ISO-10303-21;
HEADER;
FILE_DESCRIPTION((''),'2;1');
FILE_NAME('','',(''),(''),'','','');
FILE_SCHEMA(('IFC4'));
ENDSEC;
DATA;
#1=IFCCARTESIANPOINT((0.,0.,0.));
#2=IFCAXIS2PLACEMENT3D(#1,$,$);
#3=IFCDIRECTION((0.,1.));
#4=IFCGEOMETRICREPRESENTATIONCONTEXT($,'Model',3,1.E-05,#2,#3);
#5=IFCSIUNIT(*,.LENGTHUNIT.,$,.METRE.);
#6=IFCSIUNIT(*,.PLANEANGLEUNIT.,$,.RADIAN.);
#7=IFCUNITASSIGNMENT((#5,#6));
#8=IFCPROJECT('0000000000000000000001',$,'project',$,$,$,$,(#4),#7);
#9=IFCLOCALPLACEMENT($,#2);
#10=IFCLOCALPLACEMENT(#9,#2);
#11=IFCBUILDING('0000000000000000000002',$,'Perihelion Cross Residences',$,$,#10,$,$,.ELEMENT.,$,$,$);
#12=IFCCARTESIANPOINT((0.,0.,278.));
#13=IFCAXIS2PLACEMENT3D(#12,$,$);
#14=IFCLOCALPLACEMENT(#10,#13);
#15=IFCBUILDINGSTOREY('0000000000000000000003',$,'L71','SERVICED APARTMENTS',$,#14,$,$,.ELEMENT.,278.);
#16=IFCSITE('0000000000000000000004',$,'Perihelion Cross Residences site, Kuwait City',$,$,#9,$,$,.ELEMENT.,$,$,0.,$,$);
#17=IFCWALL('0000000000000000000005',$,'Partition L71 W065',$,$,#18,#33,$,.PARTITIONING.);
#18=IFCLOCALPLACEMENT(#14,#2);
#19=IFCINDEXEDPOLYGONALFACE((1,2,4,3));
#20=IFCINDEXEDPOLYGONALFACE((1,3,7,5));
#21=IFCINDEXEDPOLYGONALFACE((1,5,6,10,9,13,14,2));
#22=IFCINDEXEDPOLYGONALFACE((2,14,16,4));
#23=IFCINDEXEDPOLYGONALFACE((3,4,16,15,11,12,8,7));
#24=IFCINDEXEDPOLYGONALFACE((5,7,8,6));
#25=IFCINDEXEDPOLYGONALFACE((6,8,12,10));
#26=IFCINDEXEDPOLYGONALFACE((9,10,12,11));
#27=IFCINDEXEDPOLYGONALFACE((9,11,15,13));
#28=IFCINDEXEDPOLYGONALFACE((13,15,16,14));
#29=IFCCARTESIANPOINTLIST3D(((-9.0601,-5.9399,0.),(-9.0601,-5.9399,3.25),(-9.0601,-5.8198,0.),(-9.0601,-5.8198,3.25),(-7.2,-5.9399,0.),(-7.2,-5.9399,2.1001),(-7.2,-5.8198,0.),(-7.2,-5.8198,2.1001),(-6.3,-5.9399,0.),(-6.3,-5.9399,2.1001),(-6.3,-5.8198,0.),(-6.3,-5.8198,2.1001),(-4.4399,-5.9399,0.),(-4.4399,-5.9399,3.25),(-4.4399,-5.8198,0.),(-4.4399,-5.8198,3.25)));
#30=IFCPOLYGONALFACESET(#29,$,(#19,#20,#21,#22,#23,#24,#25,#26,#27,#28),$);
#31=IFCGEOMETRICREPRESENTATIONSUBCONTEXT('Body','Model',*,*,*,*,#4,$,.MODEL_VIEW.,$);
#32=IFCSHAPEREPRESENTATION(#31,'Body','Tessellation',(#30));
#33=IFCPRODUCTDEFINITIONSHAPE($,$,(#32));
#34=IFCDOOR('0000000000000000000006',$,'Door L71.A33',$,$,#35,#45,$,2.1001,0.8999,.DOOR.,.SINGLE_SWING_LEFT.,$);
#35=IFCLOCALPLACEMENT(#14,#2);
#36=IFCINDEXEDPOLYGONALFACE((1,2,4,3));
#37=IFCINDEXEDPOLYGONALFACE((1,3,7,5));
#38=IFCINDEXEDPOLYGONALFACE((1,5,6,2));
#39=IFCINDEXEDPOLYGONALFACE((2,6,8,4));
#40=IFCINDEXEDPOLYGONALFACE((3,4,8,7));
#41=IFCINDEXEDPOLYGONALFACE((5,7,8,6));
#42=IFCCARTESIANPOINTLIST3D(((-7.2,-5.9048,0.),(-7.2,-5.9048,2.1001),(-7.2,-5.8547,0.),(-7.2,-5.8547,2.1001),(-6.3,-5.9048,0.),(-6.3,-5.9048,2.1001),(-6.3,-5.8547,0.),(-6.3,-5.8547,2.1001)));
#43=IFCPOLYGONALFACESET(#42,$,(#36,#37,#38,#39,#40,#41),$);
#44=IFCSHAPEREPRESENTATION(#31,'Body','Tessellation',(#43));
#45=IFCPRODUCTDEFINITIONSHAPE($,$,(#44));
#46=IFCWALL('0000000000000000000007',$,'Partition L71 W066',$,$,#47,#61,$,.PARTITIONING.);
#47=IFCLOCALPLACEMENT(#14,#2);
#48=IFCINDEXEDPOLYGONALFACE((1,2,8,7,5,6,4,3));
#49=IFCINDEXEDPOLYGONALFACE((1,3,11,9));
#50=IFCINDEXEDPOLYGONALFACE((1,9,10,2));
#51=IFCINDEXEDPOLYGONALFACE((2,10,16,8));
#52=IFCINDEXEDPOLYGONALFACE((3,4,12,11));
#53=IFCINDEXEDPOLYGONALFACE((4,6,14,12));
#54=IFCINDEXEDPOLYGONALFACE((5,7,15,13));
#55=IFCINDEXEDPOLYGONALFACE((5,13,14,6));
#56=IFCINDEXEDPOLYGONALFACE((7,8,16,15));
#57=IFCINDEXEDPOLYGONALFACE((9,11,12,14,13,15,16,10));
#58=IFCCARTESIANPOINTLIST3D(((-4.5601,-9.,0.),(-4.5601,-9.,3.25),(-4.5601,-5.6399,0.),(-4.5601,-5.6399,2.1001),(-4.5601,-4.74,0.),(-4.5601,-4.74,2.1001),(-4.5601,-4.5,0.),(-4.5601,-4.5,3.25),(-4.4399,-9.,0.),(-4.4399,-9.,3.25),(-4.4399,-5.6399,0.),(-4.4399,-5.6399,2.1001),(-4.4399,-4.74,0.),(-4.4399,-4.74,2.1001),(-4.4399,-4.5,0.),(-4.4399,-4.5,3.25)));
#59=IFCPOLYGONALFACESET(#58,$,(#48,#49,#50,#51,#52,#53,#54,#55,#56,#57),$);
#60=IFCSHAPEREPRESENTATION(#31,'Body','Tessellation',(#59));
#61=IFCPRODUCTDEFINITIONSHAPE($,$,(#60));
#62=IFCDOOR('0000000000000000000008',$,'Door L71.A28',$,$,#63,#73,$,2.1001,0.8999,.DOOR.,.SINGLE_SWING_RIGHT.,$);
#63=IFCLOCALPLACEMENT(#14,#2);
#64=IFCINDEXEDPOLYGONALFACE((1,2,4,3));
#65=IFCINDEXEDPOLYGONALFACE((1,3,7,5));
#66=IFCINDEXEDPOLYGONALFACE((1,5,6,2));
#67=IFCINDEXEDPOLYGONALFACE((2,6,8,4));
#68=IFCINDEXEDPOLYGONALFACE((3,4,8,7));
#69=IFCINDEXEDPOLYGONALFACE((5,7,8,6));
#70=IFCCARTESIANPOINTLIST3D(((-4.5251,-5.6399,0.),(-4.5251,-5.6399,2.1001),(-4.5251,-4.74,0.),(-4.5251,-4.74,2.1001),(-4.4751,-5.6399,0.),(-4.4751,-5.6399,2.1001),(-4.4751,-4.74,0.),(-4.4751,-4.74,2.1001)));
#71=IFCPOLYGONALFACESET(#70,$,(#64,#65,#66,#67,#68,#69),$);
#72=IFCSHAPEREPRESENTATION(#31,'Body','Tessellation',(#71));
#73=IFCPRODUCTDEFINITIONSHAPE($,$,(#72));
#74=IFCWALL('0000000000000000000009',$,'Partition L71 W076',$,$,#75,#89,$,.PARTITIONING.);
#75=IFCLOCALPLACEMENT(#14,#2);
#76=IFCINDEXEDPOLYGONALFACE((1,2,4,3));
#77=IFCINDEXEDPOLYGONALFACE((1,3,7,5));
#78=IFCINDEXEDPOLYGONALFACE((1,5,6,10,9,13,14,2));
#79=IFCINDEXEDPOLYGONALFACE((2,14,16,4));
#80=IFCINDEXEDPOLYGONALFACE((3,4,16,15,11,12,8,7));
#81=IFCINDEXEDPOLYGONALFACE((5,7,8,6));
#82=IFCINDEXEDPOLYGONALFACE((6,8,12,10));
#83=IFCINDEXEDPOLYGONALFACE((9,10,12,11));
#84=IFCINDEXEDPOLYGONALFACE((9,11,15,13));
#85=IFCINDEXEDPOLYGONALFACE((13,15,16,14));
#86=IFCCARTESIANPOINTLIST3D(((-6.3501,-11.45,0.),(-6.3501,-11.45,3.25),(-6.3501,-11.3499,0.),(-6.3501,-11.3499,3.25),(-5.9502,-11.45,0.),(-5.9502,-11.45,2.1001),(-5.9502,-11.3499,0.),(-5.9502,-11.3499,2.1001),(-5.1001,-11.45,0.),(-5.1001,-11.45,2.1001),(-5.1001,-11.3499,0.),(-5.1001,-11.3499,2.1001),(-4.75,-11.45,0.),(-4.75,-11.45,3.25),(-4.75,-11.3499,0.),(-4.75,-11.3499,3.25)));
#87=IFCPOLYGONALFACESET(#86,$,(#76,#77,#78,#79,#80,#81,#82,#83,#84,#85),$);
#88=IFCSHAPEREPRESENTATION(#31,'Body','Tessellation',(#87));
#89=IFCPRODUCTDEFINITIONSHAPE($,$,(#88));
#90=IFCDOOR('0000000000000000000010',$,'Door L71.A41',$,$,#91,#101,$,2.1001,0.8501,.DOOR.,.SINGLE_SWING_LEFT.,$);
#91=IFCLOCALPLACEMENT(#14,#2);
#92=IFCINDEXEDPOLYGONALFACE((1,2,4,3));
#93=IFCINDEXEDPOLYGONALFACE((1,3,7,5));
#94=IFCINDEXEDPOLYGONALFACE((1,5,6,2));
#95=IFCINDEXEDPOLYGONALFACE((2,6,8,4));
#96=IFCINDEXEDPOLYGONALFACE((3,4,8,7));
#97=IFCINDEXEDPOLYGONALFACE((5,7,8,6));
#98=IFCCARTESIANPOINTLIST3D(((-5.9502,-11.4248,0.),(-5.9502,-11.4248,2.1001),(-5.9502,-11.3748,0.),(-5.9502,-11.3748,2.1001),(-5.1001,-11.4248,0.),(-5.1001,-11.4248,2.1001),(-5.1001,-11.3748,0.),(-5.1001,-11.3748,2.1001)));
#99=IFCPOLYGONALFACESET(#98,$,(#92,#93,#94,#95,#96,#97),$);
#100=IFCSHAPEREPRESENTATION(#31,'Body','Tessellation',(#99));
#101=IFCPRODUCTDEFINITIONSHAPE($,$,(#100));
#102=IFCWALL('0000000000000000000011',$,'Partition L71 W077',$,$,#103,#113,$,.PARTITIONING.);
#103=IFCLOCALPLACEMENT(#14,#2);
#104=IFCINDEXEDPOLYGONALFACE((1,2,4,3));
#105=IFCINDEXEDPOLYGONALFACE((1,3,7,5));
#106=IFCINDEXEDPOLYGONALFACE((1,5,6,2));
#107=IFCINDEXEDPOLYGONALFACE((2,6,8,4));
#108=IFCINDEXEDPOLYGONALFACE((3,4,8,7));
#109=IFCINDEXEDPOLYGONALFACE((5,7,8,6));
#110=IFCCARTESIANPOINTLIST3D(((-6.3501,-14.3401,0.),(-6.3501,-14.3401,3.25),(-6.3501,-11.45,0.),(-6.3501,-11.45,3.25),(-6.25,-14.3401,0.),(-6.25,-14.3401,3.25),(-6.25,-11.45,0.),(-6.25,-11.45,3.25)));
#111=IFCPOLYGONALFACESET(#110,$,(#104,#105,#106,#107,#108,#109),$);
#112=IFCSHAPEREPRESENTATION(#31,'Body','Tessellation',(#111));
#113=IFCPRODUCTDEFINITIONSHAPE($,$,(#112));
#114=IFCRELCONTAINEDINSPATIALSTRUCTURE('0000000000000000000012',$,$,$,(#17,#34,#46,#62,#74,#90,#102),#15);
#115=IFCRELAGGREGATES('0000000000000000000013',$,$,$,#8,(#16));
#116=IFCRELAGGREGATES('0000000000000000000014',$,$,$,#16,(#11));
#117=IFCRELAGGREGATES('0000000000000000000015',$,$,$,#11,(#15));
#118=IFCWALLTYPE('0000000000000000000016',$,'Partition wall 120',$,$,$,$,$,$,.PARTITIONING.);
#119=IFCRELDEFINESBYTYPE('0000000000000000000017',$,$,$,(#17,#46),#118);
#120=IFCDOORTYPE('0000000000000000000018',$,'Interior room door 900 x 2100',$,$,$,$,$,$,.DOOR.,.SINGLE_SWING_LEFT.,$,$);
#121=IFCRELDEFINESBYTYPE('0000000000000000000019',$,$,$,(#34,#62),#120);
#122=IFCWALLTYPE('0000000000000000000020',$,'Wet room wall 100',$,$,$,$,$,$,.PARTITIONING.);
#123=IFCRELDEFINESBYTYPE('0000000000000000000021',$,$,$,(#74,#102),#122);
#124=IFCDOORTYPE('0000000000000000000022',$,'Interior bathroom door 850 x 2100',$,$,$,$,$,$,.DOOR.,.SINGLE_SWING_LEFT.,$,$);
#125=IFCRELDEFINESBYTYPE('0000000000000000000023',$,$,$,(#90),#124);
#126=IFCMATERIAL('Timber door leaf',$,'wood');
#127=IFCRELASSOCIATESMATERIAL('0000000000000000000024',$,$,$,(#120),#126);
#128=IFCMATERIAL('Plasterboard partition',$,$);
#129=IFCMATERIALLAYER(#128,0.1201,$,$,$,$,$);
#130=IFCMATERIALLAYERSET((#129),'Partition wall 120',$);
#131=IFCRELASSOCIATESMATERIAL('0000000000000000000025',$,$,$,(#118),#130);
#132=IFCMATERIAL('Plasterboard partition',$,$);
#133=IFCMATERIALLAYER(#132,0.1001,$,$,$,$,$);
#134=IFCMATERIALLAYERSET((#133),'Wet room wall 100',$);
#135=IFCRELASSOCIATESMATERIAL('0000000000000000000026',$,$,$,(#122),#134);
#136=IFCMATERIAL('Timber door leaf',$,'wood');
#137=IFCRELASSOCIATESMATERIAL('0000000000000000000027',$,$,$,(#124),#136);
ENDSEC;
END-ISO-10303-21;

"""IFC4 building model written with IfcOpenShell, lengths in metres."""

from ifc_helpers import new_model, si_unit, direction, frame, frame_2d, origin, place, context, subcontext, project, spatial, rectangle, extrude, material, layer, layer_set, type_object, element, fill, save


model = new_model("IFC4")

# Units and contexts
model_context = context("Model", 3, precision=1e-05, world=origin(), true_north=direction((0.0, 1.0)))
body_context = subcontext(model_context, "Body", "Model", "MODEL_VIEW")
ifc_project = project(units=[si_unit("LENGTHUNIT", "METRE"), si_unit("PLANEANGLEUNIT", "RADIAN")], contexts=[model_context])

# Site, building, storey
site_placement = place(None, origin())
site = spatial("IfcSite", under=ifc_project, at=site_placement, Name="Perihelion Cross Residences site, Kuwait City", CompositionType="ELEMENT", RefElevation=0.0)
building_placement = place(site_placement, origin())
building = spatial("IfcBuilding", under=site, at=building_placement, Name="Perihelion Cross Residences", CompositionType="ELEMENT")
storey_placement = place(building_placement, frame((0.0, 0.0, 278.0)))
storey = spatial("IfcBuildingStorey", under=building, at=storey_placement, Name="L71", Description="SERVICED APARTMENTS", CompositionType="ELEMENT", Elevation=278.0)

# Shared definitions
ifc_material_1 = material(Name="Timber door leaf", Category="wood")
door_type_1 = type_object("IfcDoorType", Name="Interior room door 900 x 2100", OperationType="SINGLE_SWING_LEFT", PredefinedType="DOOR", material=ifc_material_1)

# Shared definitions
ifc_material_2 = material(Name="Plasterboard partition")
ifc_layer_1 = layer(ifc_material_2, 0.1201)
ifc_layer_set_1 = layer_set([ifc_layer_1], Name="Partition wall 120")
wall_type_1 = type_object("IfcWallType", Name="Partition wall 120", PredefinedType="PARTITIONING", material=ifc_layer_set_1)

# Walls, openings, doors
wall_1_placement = place(storey_placement, frame((-4.4399, -5.8799, 0.0), z_axis=(0.0, 0.0, 1.0), x_axis=(-1.0, 0.0, 0.0)))
wall_1 = element("IfcWall", 1, at=wall_1_placement, inside=storey, type_object=wall_type_1, Name="Partition L71 W065", PredefinedType="PARTITIONING", context=body_context, shape_type="SweptSolid", body=[
    extrude(rectangle(XDim=4.6201, YDim=0.1201, at=frame_2d((2.3101, 0.0))), origin(), (0.0, 0.0, 1.0), 3.25),
])
opening_1_placement = place(wall_1_placement, frame((1.8601, 0.0, 0.0)))
opening_1 = element("IfcOpeningElement", 2, at=opening_1_placement, cuts=wall_1, PredefinedType="OPENING", context=body_context, shape_type="SweptSolid", body=[
    extrude(rectangle(XDim=0.8999, YDim=2.1001, at=frame_2d((0.45, 1.05))), frame((0.0, 0.0701, 0.0), z_axis=(0.0, -1.0, 0.0), x_axis=(1.0, 0.0, 0.0)), (0.0, 0.0, 1.0), 0.1401),
])
door_1_placement = place(opening_1_placement, origin())
door_1 = element("IfcDoor", 3, at=door_1_placement, inside=storey, type_object=door_type_1, Name="Door L71.A33", OperationType="SINGLE_SWING_LEFT", OverallHeight=2.1001, OverallWidth=0.8999, PredefinedType="DOOR", context=body_context, shape_type="SweptSolid", body=[
    extrude(rectangle(XDim=0.8999, YDim=2.1001, at=frame_2d((0.45, 1.05))), frame((0.0, 0.0249, 0.0), z_axis=(0.0, -1.0, 0.0), x_axis=(1.0, 0.0, 0.0)), (0.0, 0.0, 1.0), 0.05),
])
fill(opening_1, door_1)
wall_2_placement = place(storey_placement, frame((-4.5, -4.5, 0.0), z_axis=(0.0, 0.0, 1.0), x_axis=(0.0, -1.0, 0.0)))
wall_2 = element("IfcWall", 4, at=wall_2_placement, inside=storey, type_object=wall_type_1, Name="Partition L71 W066", PredefinedType="PARTITIONING", context=body_context, shape_type="SweptSolid", body=[
    extrude(rectangle(XDim=4.5, YDim=0.1201, at=frame_2d((2.25, 0.0))), origin(), (0.0, 0.0, 1.0), 3.25),
])
opening_2_placement = place(wall_2_placement, frame((0.24, 0.0, 0.0)))
opening_2 = element("IfcOpeningElement", 5, at=opening_2_placement, cuts=wall_2, PredefinedType="OPENING", context=body_context, shape_type="SweptSolid", body=[
    extrude(rectangle(XDim=0.8999, YDim=2.1001, at=frame_2d((0.45, 1.05))), frame((0.0, 0.0701, 0.0), z_axis=(0.0, -1.0, 0.0), x_axis=(1.0, 0.0, 0.0)), (0.0, 0.0, 1.0), 0.1401),
])
door_2_placement = place(opening_2_placement, origin())
door_2 = element("IfcDoor", 6, at=door_2_placement, inside=storey, type_object=door_type_1, Name="Door L71.A28", OperationType="SINGLE_SWING_RIGHT", OverallHeight=2.1001, OverallWidth=0.8999, PredefinedType="DOOR", context=body_context, shape_type="SweptSolid", body=[
    extrude(rectangle(XDim=0.8999, YDim=2.1001, at=frame_2d((0.45, 1.05))), frame((0.0, 0.0249, 0.0), z_axis=(0.0, -1.0, 0.0), x_axis=(1.0, 0.0, 0.0)), (0.0, 0.0, 1.0), 0.05),
])
fill(opening_2, door_2)
ifc_material_3 = material(Name="Plasterboard partition")
ifc_layer_2 = layer(ifc_material_3, 0.1001)
ifc_layer_set_2 = layer_set([ifc_layer_2], Name="Wet room wall 100")
wall_type_2 = type_object("IfcWallType", Name="Wet room wall 100", PredefinedType="PARTITIONING", material=ifc_layer_set_2)
wall_3_placement = place(storey_placement, frame((-4.75, -11.3999, 0.0), z_axis=(0.0, 0.0, 1.0), x_axis=(-1.0, 0.0, 0.0)))
wall_3 = element("IfcWall", 7, at=wall_3_placement, inside=storey, type_object=wall_type_2, Name="Partition L71 W076", PredefinedType="PARTITIONING", context=body_context, shape_type="SweptSolid", body=[
    extrude(rectangle(XDim=1.6001, YDim=0.1001, at=frame_2d((0.8, 0.0))), origin(), (0.0, 0.0, 1.0), 3.25),
])
opening_3_placement = place(wall_3_placement, frame((0.3501, 0.0, 0.0)))
opening_3 = element("IfcOpeningElement", 8, at=opening_3_placement, cuts=wall_3, PredefinedType="OPENING", context=body_context, shape_type="SweptSolid", body=[
    extrude(rectangle(XDim=0.8501, YDim=2.1001, at=frame_2d((0.425, 1.05))), frame((0.0, 0.0601, 0.0), z_axis=(0.0, -1.0, 0.0), x_axis=(1.0, 0.0, 0.0)), (0.0, 0.0, 1.0), 0.1201),
])
ifc_material_4 = material(Name="Timber door leaf", Category="wood")
door_type_2 = type_object("IfcDoorType", Name="Interior bathroom door 850 x 2100", OperationType="SINGLE_SWING_LEFT", PredefinedType="DOOR", material=ifc_material_4)
door_3_placement = place(opening_3_placement, origin())
door_3 = element("IfcDoor", 9, at=door_3_placement, inside=storey, type_object=door_type_2, Name="Door L71.A41", OperationType="SINGLE_SWING_LEFT", OverallHeight=2.1001, OverallWidth=0.8501, PredefinedType="DOOR", context=body_context, shape_type="SweptSolid", body=[
    extrude(rectangle(XDim=0.8501, YDim=2.1001, at=frame_2d((0.425, 1.05))), frame((0.0, 0.0249, 0.0), z_axis=(0.0, -1.0, 0.0), x_axis=(1.0, 0.0, 0.0)), (0.0, 0.0, 1.0), 0.05),
])
fill(opening_3, door_3)

# Wall
wall_4_placement = place(storey_placement, frame((-6.3, -11.45, 0.0), z_axis=(0.0, 0.0, 1.0), x_axis=(0.0, -1.0, 0.0)))
element("IfcWall", 10, at=wall_4_placement, inside=storey, type_object=wall_type_2, Name="Partition L71 W077", PredefinedType="PARTITIONING", context=body_context, shape_type="SweptSolid", body=[
    extrude(rectangle(XDim=2.8901, YDim=0.1001, at=frame_2d((1.4451, 0.0))), origin(), (0.0, 0.0, 1.0), 3.25),
])

save(model, "model.ifc")
